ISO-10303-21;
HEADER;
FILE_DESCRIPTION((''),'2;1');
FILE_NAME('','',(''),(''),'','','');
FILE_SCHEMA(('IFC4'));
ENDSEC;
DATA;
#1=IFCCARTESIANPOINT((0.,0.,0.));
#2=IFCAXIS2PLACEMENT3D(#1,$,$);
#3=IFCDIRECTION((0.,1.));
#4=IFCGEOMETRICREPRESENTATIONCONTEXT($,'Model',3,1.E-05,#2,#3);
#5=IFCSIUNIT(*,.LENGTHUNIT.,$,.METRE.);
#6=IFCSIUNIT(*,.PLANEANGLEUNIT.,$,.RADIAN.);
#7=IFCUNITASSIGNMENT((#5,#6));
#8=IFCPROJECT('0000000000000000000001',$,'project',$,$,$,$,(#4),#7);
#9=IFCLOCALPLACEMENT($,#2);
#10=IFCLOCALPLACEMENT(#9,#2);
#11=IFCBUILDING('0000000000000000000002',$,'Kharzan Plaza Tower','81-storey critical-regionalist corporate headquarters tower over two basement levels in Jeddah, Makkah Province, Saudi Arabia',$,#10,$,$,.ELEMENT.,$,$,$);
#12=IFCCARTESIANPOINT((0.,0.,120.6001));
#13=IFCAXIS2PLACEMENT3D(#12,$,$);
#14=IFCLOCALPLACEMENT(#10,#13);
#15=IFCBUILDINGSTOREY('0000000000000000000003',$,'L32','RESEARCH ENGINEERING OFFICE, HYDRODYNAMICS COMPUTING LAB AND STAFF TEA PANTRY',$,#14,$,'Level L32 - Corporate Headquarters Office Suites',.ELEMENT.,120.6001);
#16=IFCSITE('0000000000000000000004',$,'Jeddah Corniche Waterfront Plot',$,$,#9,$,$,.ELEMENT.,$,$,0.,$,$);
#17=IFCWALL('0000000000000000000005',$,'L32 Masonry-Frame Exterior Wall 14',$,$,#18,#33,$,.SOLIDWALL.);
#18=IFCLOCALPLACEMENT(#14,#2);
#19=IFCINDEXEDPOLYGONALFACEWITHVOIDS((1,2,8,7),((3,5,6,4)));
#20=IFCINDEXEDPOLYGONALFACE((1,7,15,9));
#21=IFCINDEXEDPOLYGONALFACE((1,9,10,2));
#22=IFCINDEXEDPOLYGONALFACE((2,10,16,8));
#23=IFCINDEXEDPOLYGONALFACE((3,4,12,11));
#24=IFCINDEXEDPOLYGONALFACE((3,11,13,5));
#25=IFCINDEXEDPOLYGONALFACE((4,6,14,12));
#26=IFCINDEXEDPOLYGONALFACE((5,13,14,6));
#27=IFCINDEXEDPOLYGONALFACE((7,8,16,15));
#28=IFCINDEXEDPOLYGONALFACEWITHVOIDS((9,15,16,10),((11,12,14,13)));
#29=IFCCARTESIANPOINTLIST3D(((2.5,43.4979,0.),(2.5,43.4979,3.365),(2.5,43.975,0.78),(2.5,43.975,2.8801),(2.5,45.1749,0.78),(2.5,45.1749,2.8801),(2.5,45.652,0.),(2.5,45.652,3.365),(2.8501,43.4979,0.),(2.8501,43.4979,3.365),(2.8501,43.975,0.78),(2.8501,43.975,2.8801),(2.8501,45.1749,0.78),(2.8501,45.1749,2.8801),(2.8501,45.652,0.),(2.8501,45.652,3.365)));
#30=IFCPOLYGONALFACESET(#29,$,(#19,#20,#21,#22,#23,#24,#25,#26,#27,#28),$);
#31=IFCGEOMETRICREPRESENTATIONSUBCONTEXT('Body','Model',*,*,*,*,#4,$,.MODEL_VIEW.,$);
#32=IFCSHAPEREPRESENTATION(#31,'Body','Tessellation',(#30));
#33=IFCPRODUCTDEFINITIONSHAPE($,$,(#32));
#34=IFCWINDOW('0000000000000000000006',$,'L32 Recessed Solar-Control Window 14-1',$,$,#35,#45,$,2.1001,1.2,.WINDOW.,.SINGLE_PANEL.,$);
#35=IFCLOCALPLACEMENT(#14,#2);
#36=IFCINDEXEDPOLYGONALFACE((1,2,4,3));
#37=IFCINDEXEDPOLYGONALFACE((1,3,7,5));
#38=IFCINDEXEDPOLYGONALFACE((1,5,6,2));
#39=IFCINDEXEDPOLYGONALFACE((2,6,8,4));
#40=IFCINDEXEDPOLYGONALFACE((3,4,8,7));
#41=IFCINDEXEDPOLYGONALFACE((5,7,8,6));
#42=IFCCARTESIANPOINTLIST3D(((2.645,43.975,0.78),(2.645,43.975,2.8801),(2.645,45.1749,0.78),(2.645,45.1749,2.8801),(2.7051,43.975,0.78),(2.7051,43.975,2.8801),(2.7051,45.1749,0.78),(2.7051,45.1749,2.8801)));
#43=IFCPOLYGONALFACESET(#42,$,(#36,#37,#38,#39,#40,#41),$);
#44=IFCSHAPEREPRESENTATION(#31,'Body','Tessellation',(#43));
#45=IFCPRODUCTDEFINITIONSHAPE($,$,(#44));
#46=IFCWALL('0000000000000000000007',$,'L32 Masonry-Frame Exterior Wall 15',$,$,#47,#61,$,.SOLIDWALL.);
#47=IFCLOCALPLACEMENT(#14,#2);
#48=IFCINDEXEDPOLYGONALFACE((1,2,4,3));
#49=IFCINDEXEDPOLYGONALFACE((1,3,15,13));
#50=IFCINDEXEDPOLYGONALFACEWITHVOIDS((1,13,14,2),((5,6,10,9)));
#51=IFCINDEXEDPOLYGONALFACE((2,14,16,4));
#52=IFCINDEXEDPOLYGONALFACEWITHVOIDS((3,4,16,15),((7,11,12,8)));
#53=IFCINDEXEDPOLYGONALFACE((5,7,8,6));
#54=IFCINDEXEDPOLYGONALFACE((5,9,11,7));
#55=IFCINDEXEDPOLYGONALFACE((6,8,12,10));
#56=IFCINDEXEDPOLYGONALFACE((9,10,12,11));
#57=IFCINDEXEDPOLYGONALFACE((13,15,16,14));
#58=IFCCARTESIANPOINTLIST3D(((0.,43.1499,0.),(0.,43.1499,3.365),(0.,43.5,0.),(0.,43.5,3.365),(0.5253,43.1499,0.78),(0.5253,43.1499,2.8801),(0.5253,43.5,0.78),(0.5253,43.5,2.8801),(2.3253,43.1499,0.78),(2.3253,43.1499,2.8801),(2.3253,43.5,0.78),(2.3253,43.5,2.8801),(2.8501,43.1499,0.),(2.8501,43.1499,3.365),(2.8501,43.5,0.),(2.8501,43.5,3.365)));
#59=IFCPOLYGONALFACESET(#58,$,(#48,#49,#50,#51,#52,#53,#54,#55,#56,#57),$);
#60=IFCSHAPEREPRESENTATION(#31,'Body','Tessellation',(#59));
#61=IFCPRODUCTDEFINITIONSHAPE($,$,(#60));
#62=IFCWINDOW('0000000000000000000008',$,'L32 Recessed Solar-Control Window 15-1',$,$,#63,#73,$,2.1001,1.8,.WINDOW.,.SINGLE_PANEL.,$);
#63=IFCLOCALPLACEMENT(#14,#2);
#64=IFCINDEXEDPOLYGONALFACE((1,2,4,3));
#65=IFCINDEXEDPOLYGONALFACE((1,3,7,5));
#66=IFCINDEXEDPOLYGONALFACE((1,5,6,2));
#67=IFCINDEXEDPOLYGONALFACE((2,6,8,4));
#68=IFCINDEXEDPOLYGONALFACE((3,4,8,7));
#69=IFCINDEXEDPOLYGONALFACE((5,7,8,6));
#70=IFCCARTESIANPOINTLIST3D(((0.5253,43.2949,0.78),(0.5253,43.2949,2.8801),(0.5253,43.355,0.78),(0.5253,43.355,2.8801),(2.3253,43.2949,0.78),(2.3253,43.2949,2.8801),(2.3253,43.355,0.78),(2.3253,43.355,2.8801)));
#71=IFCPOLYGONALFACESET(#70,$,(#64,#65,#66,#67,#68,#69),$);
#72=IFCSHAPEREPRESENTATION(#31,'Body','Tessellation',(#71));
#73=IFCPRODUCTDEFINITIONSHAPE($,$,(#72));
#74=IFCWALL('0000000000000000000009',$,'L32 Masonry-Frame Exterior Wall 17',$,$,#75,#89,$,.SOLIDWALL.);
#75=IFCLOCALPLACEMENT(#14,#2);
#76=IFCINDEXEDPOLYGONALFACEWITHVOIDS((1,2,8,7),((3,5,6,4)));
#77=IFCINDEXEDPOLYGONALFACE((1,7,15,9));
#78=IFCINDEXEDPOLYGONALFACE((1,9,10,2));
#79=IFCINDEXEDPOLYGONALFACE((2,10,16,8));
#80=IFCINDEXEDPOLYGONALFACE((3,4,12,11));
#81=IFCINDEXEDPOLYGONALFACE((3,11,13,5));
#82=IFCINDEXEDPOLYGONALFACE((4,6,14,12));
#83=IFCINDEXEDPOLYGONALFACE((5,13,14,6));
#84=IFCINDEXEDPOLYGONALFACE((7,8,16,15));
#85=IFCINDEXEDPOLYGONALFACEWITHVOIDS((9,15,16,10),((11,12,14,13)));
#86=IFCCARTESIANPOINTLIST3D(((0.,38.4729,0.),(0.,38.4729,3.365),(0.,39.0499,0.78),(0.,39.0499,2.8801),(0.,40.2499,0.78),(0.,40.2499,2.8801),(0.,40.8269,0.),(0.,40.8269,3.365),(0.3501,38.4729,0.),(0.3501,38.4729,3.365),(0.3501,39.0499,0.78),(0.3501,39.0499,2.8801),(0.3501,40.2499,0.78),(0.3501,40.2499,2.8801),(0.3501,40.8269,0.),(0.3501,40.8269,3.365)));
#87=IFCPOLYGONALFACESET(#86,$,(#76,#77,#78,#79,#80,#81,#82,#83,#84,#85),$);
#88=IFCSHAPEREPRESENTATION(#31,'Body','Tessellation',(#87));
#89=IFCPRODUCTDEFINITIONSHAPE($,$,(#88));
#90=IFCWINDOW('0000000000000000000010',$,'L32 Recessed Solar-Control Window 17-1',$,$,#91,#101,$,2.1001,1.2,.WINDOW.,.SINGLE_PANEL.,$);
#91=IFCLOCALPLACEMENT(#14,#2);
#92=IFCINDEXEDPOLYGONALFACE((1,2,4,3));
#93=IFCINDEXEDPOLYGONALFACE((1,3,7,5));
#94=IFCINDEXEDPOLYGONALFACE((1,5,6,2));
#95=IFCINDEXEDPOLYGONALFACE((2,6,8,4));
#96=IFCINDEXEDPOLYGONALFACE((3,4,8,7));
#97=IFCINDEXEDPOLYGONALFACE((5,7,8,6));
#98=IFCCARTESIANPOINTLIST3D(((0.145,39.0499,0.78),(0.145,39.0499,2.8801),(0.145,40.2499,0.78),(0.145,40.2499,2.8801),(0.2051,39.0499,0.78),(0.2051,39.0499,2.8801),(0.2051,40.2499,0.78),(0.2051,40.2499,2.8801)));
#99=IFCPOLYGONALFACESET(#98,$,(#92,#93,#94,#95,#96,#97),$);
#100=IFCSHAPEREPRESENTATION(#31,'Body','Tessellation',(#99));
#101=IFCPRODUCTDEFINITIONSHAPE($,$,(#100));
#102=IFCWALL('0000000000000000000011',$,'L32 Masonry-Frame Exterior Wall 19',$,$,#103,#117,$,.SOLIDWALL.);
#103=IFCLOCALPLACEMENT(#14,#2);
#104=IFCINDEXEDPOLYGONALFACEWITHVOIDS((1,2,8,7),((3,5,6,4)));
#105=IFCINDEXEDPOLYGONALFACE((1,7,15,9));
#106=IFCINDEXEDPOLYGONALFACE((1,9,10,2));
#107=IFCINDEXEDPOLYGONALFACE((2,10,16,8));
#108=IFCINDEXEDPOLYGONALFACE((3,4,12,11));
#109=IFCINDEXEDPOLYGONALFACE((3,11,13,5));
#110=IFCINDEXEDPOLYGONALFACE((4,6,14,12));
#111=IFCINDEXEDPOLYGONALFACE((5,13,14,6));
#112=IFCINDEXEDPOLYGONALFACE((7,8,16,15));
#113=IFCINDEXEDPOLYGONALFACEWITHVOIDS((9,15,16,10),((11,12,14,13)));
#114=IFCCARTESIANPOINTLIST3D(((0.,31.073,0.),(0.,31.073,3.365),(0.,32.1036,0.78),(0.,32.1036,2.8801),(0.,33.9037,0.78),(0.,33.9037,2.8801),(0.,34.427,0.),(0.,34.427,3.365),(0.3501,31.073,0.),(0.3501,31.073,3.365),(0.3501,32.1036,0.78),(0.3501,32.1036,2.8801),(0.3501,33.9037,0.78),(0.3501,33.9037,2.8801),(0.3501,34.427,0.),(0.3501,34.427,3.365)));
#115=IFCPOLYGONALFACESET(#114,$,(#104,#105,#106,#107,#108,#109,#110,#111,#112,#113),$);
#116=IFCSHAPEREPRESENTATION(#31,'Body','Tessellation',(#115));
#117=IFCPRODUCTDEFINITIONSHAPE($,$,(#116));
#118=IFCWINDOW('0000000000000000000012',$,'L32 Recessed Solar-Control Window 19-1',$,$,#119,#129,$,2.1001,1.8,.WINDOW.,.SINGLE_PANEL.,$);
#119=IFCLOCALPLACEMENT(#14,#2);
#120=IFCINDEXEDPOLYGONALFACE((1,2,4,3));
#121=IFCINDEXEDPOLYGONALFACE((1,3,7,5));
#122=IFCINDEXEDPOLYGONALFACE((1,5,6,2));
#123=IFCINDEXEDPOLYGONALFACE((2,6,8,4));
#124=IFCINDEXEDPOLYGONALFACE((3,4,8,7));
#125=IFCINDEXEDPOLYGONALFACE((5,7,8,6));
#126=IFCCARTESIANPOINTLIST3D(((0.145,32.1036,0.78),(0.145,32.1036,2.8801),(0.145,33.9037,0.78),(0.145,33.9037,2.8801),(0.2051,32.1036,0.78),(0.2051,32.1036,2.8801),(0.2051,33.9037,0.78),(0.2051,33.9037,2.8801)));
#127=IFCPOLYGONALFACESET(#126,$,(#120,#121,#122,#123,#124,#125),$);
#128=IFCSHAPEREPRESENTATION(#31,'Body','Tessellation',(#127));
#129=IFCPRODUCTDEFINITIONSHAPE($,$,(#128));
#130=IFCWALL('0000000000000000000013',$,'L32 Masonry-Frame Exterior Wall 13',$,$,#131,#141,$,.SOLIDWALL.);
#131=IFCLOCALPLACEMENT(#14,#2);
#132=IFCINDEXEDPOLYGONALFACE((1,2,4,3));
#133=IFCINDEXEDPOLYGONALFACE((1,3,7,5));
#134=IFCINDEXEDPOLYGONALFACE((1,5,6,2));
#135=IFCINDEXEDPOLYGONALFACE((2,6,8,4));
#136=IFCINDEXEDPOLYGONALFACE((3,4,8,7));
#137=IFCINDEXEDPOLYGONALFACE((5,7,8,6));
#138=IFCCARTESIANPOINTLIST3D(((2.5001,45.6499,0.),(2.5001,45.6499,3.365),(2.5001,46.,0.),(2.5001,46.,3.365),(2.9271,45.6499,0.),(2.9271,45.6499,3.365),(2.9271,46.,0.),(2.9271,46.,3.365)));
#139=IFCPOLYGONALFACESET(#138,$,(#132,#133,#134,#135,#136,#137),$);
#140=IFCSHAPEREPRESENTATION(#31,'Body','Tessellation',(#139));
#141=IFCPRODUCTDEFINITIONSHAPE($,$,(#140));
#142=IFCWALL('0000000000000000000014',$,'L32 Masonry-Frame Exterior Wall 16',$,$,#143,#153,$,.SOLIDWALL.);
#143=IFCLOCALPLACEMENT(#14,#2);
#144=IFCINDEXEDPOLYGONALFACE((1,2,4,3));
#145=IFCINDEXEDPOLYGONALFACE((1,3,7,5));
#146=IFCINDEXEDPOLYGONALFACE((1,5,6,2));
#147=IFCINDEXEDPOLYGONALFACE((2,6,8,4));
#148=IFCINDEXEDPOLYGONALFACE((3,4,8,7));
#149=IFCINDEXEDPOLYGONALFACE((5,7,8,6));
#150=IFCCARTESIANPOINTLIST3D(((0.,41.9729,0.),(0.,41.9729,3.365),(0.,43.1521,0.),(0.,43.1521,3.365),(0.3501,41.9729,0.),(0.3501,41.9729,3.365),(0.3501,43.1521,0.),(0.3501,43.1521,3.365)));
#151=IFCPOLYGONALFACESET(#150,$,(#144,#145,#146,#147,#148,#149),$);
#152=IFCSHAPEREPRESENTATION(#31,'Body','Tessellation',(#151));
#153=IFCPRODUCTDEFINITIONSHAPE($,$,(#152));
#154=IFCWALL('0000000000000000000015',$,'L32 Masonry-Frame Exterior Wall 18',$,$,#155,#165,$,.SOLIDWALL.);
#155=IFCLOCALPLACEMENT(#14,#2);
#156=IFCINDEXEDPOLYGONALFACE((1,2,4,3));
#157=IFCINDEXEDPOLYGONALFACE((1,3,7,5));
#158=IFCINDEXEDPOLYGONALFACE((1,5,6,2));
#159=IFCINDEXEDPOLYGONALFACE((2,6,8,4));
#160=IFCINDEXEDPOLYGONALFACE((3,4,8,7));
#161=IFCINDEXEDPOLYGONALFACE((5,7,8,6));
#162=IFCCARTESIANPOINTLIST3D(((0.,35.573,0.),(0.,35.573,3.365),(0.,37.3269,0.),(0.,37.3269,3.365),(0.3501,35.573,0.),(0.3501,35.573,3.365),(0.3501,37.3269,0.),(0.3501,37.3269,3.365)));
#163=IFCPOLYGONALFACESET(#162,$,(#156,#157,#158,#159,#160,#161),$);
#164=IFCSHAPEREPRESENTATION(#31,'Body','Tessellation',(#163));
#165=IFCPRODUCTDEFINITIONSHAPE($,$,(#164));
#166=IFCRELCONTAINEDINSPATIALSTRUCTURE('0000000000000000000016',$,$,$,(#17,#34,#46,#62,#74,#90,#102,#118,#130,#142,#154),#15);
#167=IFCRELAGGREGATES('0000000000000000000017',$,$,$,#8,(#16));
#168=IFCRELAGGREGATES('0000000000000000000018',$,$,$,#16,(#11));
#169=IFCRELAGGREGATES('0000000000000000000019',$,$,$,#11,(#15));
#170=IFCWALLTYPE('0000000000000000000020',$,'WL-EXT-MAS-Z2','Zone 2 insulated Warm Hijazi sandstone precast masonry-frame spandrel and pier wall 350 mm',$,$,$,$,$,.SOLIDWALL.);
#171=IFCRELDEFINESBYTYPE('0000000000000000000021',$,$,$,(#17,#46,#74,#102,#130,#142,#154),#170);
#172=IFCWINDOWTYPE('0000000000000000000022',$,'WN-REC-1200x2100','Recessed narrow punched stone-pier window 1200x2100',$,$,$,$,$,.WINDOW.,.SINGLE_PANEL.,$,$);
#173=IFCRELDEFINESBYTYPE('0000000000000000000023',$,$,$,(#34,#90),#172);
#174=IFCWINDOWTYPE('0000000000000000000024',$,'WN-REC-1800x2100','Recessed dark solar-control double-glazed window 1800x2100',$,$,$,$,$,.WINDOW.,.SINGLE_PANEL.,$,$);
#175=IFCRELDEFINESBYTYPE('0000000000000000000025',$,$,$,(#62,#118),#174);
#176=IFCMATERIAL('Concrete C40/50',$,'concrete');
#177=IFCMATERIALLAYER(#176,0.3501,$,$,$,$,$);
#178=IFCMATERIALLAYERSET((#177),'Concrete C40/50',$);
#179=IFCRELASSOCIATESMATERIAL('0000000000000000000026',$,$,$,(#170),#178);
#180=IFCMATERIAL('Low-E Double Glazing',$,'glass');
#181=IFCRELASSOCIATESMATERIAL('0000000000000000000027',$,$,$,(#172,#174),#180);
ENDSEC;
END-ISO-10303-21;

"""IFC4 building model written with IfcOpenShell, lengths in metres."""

from ifc_helpers import new_model, si_unit, direction, frame, frame_2d, origin, place, context, subcontext, project, spatial, rectangle, extrude, source, transform, mapped, material, layer, layer_set, type_object, element, fill, save


model = new_model("IFC4")

# Units and contexts
model_context = context("Model", 3, precision=1e-05, world=origin(), true_north=direction((0.0, 1.0)))
body_context = subcontext(model_context, "Body", "Model", "MODEL_VIEW")
ifc_project = project(units=[si_unit("LENGTHUNIT", "METRE"), si_unit("PLANEANGLEUNIT", "RADIAN")], contexts=[model_context])

# Site, building, storey
site_placement = place(None, origin())
site = spatial("IfcSite", under=ifc_project, at=site_placement, Name="Jeddah Corniche Waterfront Plot", CompositionType="ELEMENT", RefElevation=0.0)
building_placement = place(site_placement, origin())
building = spatial("IfcBuilding", under=site, at=building_placement, Name="Kharzan Plaza Tower", Description="81-storey critical-regionalist corporate headquarters tower over two basement levels in Jeddah, Makkah Province, Saudi Arabia", CompositionType="ELEMENT")
storey_placement = place(building_placement, frame((0.0, 0.0, 120.6001)))
storey = spatial("IfcBuildingStorey", under=building, at=storey_placement, Name="L32", Description="RESEARCH ENGINEERING OFFICE, HYDRODYNAMICS COMPUTING LAB AND STAFF TEA PANTRY", LongName="Level L32 - Corporate Headquarters Office Suites", CompositionType="ELEMENT", Elevation=120.6001)

# Walls, openings, windows
ifc_material_1 = material(Name="Concrete C40/50", Category="concrete")
ifc_layer = layer(ifc_material_1, 0.3501)
ifc_layer_set = layer_set([ifc_layer], Name="Concrete C40/50")
wall_type = type_object("IfcWallType", Name="WL-EXT-MAS-Z2", Description="Zone 2 insulated Warm Hijazi sandstone precast masonry-frame spandrel and pier wall 350 mm", PredefinedType="SOLIDWALL", material=ifc_layer_set)
wall_1_placement = place(storey_placement, frame((2.675, 45.6521, 0.0), z_axis=(0.0, 0.0, 1.0), x_axis=(0.0, -1.0, 0.0)))
wall_1 = element("IfcWall", 1, at=wall_1_placement, inside=storey, type_object=wall_type, Name="L32 Masonry-Frame Exterior Wall 14", PredefinedType="SOLIDWALL", context=body_context, shape_type="SweptSolid", body=[
    extrude(rectangle(XDim=2.1541, YDim=0.3501, at=frame_2d((1.0771, 0.0))), origin(), (0.0, 0.0, 1.0), 3.365),
])
opening_1_placement = place(wall_1_placement, frame((0.4771, 0.0, 0.78)))
opening_1 = element("IfcOpeningElement", 2, at=opening_1_placement, cuts=wall_1, PredefinedType="OPENING", context=body_context, shape_type="SweptSolid", body=[
    extrude(rectangle(XDim=1.2, YDim=2.1001, at=frame_2d((0.6001, 1.05))), frame((0.0, 0.1851, 0.0), z_axis=(0.0, -1.0, 0.0), x_axis=(1.0, 0.0, 0.0)), (0.0, 0.0, 1.0), 0.3701),
])
ifc_material_2 = material(Name="Low-E Double Glazing", Category="glass")
window_type_1 = type_object("IfcWindowType", Name="WN-REC-1200x2100", Description="Recessed narrow punched stone-pier window 1200x2100", PartitioningType="SINGLE_PANEL", PredefinedType="WINDOW", material=ifc_material_2)
shared_shape_1 = source(origin(), body_context, "Body", "SweptSolid", [
    extrude(rectangle(XDim=1.2, YDim=2.1001, at=frame_2d((0.6001, 1.05))), frame((0.0, 0.03, 0.0), z_axis=(0.0, -1.0, 0.0), x_axis=(1.0, 0.0, 0.0)), (0.0, 0.0, 1.0), 0.0601),
])
window_1_placement = place(opening_1_placement, origin())
window_1 = element("IfcWindow", 3, at=window_1_placement, inside=storey, type_object=window_type_1, Name="L32 Recessed Solar-Control Window 14-1", OverallHeight=2.1001, OverallWidth=1.2, PartitioningType="SINGLE_PANEL", PredefinedType="WINDOW", context=body_context, shape_type="MappedRepresentation", body=[
    mapped(shared_shape_1, transform((0.0, 0.0, 0.0), x_axis=(1.0, 0.0, 0.0), y_axis=(0.0, 1.0, 0.0), z_axis=(0.0, 0.0, 1.0))),
])
fill(opening_1, window_1)
wall_2_placement = place(storey_placement, frame((2.8501, 43.325, 0.0), z_axis=(0.0, 0.0, 1.0), x_axis=(-1.0, 0.0, 0.0)))
wall_2 = element("IfcWall", 4, at=wall_2_placement, inside=storey, type_object=wall_type, Name="L32 Masonry-Frame Exterior Wall 15", PredefinedType="SOLIDWALL", context=body_context, shape_type="SweptSolid", body=[
    extrude(rectangle(XDim=2.8501, YDim=0.3501, at=frame_2d((1.425, 0.0))), origin(), (0.0, 0.0, 1.0), 3.365),
])
opening_2_placement = place(wall_2_placement, frame((0.5249, 0.0, 0.78)))
opening_2 = element("IfcOpeningElement", 5, at=opening_2_placement, cuts=wall_2, PredefinedType="OPENING", context=body_context, shape_type="SweptSolid", body=[
    extrude(rectangle(XDim=1.8, YDim=2.1001, at=frame_2d((0.8999, 1.05))), frame((0.0, 0.1851, 0.0), z_axis=(0.0, -1.0, 0.0), x_axis=(1.0, 0.0, 0.0)), (0.0, 0.0, 1.0), 0.3701),
])
window_type_2 = type_object("IfcWindowType", Name="WN-REC-1800x2100", Description="Recessed dark solar-control double-glazed window 1800x2100", PartitioningType="SINGLE_PANEL", PredefinedType="WINDOW", material=ifc_material_2)
shared_shape_2 = source(origin(), body_context, "Body", "SweptSolid", [
    extrude(rectangle(XDim=1.8, YDim=2.1001, at=frame_2d((0.8999, 1.05))), frame((0.0, 0.03, 0.0), z_axis=(0.0, -1.0, 0.0), x_axis=(1.0, 0.0, 0.0)), (0.0, 0.0, 1.0), 0.0601),
])
window_2_placement = place(opening_2_placement, origin())
window_2 = element("IfcWindow", 6, at=window_2_placement, inside=storey, type_object=window_type_2, Name="L32 Recessed Solar-Control Window 15-1", OverallHeight=2.1001, OverallWidth=1.8, PartitioningType="SINGLE_PANEL", PredefinedType="WINDOW", context=body_context, shape_type="MappedRepresentation", body=[
    mapped(shared_shape_2, transform((0.0, 0.0, 0.0), x_axis=(1.0, 0.0, 0.0), y_axis=(0.0, 1.0, 0.0), z_axis=(0.0, 0.0, 1.0))),
])
fill(opening_2, window_2)
wall_3_placement = place(storey_placement, frame((0.175, 40.8269, 0.0), z_axis=(0.0, 0.0, 1.0), x_axis=(0.0, -1.0, 0.0)))
wall_3 = element("IfcWall", 7, at=wall_3_placement, inside=storey, type_object=wall_type, Name="L32 Masonry-Frame Exterior Wall 17", PredefinedType="SOLIDWALL", context=body_context, shape_type="SweptSolid", body=[
    extrude(rectangle(XDim=2.354, YDim=0.3501, at=frame_2d((1.177, 0.0))), origin(), (0.0, 0.0, 1.0), 3.365),
])
opening_3_placement = place(wall_3_placement, frame((0.5769, 0.0, 0.78)))
opening_3 = element("IfcOpeningElement", 8, at=opening_3_placement, cuts=wall_3, PredefinedType="OPENING", context=body_context, shape_type="SweptSolid", body=[
    extrude(rectangle(XDim=1.2, YDim=2.1001, at=frame_2d((0.6001, 1.05))), frame((0.0, 0.1851, 0.0), z_axis=(0.0, -1.0, 0.0), x_axis=(1.0, 0.0, 0.0)), (0.0, 0.0, 1.0), 0.3701),
])
window_3_placement = place(opening_3_placement, origin())
window_3 = element("IfcWindow", 9, at=window_3_placement, inside=storey, type_object=window_type_1, Name="L32 Recessed Solar-Control Window 17-1", OverallHeight=2.1001, OverallWidth=1.2, PartitioningType="SINGLE_PANEL", PredefinedType="WINDOW", context=body_context, shape_type="MappedRepresentation", body=[
    mapped(shared_shape_1, transform((0.0, 0.0, 0.0), x_axis=(1.0, 0.0, 0.0), y_axis=(0.0, 1.0, 0.0), z_axis=(0.0, 0.0, 1.0))),
])
fill(opening_3, window_3)
wall_4_placement = place(storey_placement, frame((0.175, 34.427, 0.0), z_axis=(0.0, 0.0, 1.0), x_axis=(0.0, -1.0, 0.0)))
wall_4 = element("IfcWall", 10, at=wall_4_placement, inside=storey, type_object=wall_type, Name="L32 Masonry-Frame Exterior Wall 19", PredefinedType="SOLIDWALL", context=body_context, shape_type="SweptSolid", body=[
    extrude(rectangle(XDim=3.354, YDim=0.3501, at=frame_2d((1.677, 0.0))), origin(), (0.0, 0.0, 1.0), 3.365),
])
opening_4_placement = place(wall_4_placement, frame((0.5234, 0.0, 0.78)))
opening_4 = element("IfcOpeningElement", 11, at=opening_4_placement, cuts=wall_4, PredefinedType="OPENING", context=body_context, shape_type="SweptSolid", body=[
    extrude(rectangle(XDim=1.8, YDim=2.1001, at=frame_2d((0.8999, 1.05))), frame((0.0, 0.1851, 0.0), z_axis=(0.0, -1.0, 0.0), x_axis=(1.0, 0.0, 0.0)), (0.0, 0.0, 1.0), 0.3701),
])
window_4_placement = place(opening_4_placement, origin())
window_4 = element("IfcWindow", 12, at=window_4_placement, inside=storey, type_object=window_type_2, Name="L32 Recessed Solar-Control Window 19-1", OverallHeight=2.1001, OverallWidth=1.8, PartitioningType="SINGLE_PANEL", PredefinedType="WINDOW", context=body_context, shape_type="MappedRepresentation", body=[
    mapped(shared_shape_2, transform((0.0, 0.0, 0.0), x_axis=(1.0, 0.0, 0.0), y_axis=(0.0, 1.0, 0.0), z_axis=(0.0, 0.0, 1.0))),
])
fill(opening_4, window_4)

# Walls
shared_shape_3 = source(origin(), body_context, "Body", "SweptSolid", [
    extrude(rectangle(XDim=0.427, YDim=0.3501, at=frame_2d((0.2134, 0.0))), origin(), (0.0, 0.0, 1.0), 3.365),
])
wall_5_placement = place(storey_placement, frame((2.927, 45.825, 0.0), z_axis=(0.0, 0.0, 1.0), x_axis=(-1.0, 0.0, 0.0)))
element("IfcWall", 13, at=wall_5_placement, inside=storey, type_object=wall_type, Name="L32 Masonry-Frame Exterior Wall 13", PredefinedType="SOLIDWALL", context=body_context, shape_type="MappedRepresentation", body=[
    mapped(shared_shape_3, transform((0.0, 0.0, 0.0), x_axis=(1.0, 0.0, 0.0), y_axis=(0.0, 1.0, 0.0), z_axis=(0.0, 0.0, 1.0))),
])
shared_shape_4 = source(origin(), body_context, "Body", "SweptSolid", [
    extrude(rectangle(XDim=1.1792, YDim=0.3501, at=frame_2d((0.5896, 0.0))), origin(), (0.0, 0.0, 1.0), 3.365),
])
wall_6_placement = place(storey_placement, frame((0.175, 43.1521, 0.0), z_axis=(0.0, 0.0, 1.0), x_axis=(0.0, -1.0, 0.0)))
element("IfcWall", 14, at=wall_6_placement, inside=storey, type_object=wall_type, Name="L32 Masonry-Frame Exterior Wall 16", PredefinedType="SOLIDWALL", context=body_context, shape_type="MappedRepresentation", body=[
    mapped(shared_shape_4, transform((0.0, 0.0, 0.0), x_axis=(1.0, 0.0, 0.0), y_axis=(0.0, 1.0, 0.0), z_axis=(0.0, 0.0, 1.0))),
])
shared_shape_5 = source(origin(), body_context, "Body", "SweptSolid", [
    extrude(rectangle(XDim=1.7539, YDim=0.3501, at=frame_2d((0.877, 0.0))), origin(), (0.0, 0.0, 1.0), 3.365),
])
wall_7_placement = place(storey_placement, frame((0.175, 37.3269, 0.0), z_axis=(0.0, 0.0, 1.0), x_axis=(0.0, -1.0, 0.0)))
element("IfcWall", 15, at=wall_7_placement, inside=storey, type_object=wall_type, Name="L32 Masonry-Frame Exterior Wall 18", PredefinedType="SOLIDWALL", context=body_context, shape_type="MappedRepresentation", body=[
    mapped(shared_shape_5, transform((0.0, 0.0, 0.0), x_axis=(1.0, 0.0, 0.0), y_axis=(0.0, 1.0, 0.0), z_axis=(0.0, 0.0, 1.0))),
])

save(model, "model.ifc")
